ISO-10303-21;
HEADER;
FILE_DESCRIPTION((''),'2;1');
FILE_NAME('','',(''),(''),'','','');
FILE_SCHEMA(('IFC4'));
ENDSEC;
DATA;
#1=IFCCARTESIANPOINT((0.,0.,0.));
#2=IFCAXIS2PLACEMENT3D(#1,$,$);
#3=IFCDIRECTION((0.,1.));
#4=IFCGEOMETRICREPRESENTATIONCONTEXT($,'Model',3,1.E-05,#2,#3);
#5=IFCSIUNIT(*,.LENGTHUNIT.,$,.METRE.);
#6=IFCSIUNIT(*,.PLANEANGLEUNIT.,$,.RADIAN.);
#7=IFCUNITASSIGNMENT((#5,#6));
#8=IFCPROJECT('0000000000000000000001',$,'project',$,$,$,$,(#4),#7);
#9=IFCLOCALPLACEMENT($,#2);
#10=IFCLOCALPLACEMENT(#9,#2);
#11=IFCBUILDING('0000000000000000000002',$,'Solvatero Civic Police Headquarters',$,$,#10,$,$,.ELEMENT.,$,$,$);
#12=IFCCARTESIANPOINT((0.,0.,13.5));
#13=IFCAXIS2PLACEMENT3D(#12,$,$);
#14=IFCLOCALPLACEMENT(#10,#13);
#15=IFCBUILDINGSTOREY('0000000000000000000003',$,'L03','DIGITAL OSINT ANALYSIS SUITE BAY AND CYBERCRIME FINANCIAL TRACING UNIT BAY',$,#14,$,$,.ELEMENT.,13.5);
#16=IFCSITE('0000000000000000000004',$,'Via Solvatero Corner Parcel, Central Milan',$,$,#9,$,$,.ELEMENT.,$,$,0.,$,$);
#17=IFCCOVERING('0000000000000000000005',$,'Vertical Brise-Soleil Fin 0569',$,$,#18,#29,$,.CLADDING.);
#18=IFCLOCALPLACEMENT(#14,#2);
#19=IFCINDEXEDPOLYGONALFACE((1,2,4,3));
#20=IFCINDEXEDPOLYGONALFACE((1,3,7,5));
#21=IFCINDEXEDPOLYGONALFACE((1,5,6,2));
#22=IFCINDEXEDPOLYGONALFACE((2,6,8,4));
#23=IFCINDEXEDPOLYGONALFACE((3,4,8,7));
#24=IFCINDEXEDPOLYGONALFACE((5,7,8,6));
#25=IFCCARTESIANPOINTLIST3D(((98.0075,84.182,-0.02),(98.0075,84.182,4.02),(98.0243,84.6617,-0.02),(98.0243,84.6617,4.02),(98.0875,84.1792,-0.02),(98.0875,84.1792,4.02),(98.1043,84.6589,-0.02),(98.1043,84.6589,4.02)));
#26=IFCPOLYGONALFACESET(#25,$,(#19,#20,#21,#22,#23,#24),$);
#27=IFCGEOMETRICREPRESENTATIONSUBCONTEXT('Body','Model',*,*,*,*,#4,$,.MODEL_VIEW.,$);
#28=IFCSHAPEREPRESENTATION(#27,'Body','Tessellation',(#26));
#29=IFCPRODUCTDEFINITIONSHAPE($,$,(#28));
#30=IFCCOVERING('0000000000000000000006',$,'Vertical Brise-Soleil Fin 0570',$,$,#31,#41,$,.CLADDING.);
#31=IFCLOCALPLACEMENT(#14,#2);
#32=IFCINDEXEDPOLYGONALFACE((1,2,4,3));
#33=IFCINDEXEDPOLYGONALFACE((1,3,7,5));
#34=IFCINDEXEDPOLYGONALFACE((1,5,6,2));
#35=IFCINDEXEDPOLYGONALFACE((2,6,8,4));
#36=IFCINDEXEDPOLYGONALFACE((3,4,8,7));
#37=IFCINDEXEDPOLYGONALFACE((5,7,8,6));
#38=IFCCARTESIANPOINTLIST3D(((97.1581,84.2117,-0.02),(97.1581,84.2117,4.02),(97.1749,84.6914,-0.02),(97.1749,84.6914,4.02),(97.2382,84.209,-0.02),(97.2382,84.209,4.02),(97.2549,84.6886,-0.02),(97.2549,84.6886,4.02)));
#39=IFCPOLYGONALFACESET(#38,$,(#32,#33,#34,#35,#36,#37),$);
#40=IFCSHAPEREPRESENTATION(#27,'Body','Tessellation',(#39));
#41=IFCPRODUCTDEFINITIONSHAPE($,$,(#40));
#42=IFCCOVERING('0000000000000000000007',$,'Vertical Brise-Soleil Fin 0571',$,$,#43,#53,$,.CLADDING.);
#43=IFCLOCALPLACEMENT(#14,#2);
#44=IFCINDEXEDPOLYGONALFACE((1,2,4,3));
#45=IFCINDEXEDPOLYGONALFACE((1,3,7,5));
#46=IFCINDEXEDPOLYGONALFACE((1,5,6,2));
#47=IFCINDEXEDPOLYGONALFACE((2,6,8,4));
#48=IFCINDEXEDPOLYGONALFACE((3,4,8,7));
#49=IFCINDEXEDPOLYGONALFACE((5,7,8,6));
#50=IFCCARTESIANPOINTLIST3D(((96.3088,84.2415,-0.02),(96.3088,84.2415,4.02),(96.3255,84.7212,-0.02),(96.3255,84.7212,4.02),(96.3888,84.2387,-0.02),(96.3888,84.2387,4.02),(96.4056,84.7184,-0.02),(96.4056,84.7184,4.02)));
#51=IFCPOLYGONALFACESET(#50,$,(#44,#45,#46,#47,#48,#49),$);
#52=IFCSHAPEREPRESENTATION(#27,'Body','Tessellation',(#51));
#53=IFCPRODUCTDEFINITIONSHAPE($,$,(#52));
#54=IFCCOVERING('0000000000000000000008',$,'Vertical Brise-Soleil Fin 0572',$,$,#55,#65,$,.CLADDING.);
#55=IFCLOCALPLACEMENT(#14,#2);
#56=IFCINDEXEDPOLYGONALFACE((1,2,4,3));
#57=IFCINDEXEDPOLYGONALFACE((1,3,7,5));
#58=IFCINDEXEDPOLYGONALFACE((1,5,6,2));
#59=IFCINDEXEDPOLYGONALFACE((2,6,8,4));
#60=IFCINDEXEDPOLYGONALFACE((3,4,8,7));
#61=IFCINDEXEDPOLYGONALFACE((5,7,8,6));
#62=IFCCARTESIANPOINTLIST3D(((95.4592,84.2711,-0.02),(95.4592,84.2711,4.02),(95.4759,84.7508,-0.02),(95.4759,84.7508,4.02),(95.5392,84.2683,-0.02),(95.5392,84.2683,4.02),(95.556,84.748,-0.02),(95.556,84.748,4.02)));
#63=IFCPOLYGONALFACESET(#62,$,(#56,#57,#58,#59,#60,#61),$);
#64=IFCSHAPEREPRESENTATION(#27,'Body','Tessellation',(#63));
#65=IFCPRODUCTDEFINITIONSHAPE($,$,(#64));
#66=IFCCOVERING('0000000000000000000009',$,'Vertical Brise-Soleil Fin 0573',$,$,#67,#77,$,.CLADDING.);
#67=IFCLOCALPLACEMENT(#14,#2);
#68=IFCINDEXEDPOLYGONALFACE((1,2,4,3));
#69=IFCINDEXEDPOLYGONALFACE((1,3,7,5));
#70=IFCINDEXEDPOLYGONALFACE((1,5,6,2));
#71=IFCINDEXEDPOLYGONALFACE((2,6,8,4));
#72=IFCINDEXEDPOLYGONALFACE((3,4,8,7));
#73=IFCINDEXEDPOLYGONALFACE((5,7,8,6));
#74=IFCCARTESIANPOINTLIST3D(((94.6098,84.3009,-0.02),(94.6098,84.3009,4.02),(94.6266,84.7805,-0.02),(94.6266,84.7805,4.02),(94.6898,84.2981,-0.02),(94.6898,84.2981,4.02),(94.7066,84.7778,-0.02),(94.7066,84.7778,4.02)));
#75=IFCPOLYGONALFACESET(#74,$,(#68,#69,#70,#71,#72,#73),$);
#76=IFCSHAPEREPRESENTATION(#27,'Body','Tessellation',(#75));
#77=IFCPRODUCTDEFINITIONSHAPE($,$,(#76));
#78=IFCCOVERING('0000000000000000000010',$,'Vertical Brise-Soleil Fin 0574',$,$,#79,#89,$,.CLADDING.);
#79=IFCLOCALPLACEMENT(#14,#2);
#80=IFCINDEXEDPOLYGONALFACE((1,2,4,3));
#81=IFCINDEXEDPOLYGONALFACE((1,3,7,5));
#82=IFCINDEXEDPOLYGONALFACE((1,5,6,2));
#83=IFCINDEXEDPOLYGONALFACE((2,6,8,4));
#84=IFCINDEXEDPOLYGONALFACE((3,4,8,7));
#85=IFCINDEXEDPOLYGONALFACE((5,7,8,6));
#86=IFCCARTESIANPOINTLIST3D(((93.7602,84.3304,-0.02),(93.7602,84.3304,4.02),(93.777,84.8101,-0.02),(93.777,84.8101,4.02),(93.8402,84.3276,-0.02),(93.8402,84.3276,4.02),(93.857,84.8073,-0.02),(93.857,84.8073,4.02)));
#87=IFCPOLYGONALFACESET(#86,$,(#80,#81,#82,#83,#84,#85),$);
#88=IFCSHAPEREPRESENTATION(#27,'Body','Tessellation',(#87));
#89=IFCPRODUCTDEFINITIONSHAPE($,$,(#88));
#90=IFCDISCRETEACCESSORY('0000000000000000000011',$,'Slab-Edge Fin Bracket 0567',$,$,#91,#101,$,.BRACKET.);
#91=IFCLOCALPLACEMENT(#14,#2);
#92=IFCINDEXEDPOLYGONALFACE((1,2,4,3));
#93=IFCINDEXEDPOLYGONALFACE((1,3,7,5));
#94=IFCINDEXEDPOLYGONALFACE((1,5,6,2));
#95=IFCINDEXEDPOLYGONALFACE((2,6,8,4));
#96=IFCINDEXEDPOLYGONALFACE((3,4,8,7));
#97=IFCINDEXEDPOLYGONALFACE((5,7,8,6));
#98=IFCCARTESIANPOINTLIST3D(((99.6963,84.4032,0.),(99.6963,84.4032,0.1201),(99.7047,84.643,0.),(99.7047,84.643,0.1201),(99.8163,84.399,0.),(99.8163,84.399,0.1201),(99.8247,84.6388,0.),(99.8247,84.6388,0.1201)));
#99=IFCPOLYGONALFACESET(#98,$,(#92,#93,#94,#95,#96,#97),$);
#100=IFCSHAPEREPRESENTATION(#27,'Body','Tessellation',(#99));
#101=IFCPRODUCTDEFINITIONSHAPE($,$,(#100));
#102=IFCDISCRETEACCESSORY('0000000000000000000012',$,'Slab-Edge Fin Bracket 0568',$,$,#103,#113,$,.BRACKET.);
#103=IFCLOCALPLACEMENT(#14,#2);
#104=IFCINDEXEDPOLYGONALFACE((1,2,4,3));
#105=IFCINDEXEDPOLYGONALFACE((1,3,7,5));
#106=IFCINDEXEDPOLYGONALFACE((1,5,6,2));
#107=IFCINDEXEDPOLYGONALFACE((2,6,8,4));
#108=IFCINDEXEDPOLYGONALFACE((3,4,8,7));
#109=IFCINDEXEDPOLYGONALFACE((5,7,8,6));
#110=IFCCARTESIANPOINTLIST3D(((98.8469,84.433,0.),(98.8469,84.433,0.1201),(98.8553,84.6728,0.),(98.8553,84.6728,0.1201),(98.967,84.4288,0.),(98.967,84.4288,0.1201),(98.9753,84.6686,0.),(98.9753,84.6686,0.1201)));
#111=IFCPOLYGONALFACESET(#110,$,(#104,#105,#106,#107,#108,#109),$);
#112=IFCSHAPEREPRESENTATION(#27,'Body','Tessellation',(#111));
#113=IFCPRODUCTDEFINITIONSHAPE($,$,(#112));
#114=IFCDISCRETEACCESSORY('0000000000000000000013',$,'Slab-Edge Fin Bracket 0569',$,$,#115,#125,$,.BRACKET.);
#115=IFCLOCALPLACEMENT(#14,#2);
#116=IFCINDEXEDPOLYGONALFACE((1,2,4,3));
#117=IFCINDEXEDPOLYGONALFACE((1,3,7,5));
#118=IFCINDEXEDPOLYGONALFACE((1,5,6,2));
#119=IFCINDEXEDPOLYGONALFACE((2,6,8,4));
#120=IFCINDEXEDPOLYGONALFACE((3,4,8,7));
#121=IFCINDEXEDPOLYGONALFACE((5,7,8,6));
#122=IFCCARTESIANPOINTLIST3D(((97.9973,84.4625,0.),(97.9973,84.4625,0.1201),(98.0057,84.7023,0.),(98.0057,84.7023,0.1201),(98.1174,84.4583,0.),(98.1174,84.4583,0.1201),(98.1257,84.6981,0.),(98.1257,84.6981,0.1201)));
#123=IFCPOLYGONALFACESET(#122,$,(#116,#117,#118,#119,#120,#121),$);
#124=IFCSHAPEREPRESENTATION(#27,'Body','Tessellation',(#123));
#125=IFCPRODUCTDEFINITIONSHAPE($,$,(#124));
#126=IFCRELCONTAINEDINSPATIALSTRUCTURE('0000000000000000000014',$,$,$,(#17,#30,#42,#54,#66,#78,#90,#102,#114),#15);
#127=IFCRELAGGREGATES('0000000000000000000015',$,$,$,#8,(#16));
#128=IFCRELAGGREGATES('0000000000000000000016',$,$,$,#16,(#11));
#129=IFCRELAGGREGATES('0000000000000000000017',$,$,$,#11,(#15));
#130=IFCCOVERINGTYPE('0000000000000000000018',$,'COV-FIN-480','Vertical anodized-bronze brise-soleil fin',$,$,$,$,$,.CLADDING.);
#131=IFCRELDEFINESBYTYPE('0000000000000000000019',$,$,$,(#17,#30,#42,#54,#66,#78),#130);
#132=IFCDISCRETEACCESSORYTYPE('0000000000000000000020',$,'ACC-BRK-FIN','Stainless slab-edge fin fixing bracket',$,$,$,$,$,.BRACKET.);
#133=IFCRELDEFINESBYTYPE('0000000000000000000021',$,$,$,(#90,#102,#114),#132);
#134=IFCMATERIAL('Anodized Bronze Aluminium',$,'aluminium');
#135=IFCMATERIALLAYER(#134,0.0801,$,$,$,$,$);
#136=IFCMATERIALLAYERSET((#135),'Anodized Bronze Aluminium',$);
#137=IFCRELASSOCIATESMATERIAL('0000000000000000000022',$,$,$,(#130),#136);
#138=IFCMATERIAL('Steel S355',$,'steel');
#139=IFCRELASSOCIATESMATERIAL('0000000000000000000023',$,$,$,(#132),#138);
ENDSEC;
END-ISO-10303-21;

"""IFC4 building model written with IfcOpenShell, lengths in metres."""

from ifc_helpers import new_model, si_unit, direction, frame, origin, origin_2d, place, context, subcontext, project, spatial, rectangle, extrude, material, layer, layer_set, type_object, element, save


model = new_model("IFC4")

# Units and contexts
model_context = context("Model", 3, precision=1e-05, world=origin(), true_north=direction((0.0, 1.0)))
body_context = subcontext(model_context, "Body", "Model", "MODEL_VIEW")
ifc_project = project(units=[si_unit("LENGTHUNIT", "METRE"), si_unit("PLANEANGLEUNIT", "RADIAN")], contexts=[model_context])

# Site, building, storey
site_placement = place(None, origin())
site = spatial("IfcSite", under=ifc_project, at=site_placement, Name="Via Solvatero Corner Parcel, Central Milan", CompositionType="ELEMENT", RefElevation=0.0)
building_placement = place(site_placement, origin())
building = spatial("IfcBuilding", under=site, at=building_placement, Name="Solvatero Civic Police Headquarters", CompositionType="ELEMENT")
storey_placement = place(building_placement, frame((0.0, 0.0, 13.5)))
storey = spatial("IfcBuildingStorey", under=building, at=storey_placement, Name="L03", Description="DIGITAL OSINT ANALYSIS SUITE BAY AND CYBERCRIME FINANCIAL TRACING UNIT BAY", CompositionType="ELEMENT", Elevation=13.5)

# Shared definitions
ifc_material_1 = material(Name="Steel S355", Category="steel")

# Shared definitions
ifc_material_2 = material(Name="Anodized Bronze Aluminium", Category="aluminium")

# Coverings
ifc_layer_1 = layer(ifc_material_2, 0.0801)
ifc_layer_set_1 = layer_set([ifc_layer_1], Name="Anodized Bronze Aluminium")
covering_type = type_object("IfcCoveringType", Name="COV-FIN-480", Description="Vertical anodized-bronze brise-soleil fin", PredefinedType="CLADDING", material=ifc_layer_set_1)
for number, where, z_axis, x_axis, name in (
    (1, (98.0559, 84.4204, -0.02), (0.0, 0.0, 1.0), (-0.99939, 0.034917, 0.0), "Vertical Brise-Soleil Fin 0569"),
    (2, (97.2065, 84.4502, -0.02), (0.0, 0.0, 1.0), (-0.99939, 0.034917, 0.0), "Vertical Brise-Soleil Fin 0570"),
    (3, (96.3572, 84.48, -0.02), (0.0, 0.0, 1.0), (-0.99939, 0.034917, 0.0), "Vertical Brise-Soleil Fin 0571"),
    (4, (95.5076, 84.5095, -0.02), (0.0, 0.0, 1.0), (-0.99939, 0.034917, 0.0), "Vertical Brise-Soleil Fin 0572"),
    (5, (94.6582, 84.5393, -0.02), (0.0, 0.0, 1.0), (-0.99939, 0.034917, 0.0), "Vertical Brise-Soleil Fin 0573"),
    (6, (93.8086, 84.5688, -0.02), (0.0, 0.0, 1.0), (-0.99939, 0.034917, 0.0), "Vertical Brise-Soleil Fin 0574"),
):
    element("IfcCovering", number, at=place(storey_placement, frame(where, z_axis=z_axis, x_axis=x_axis)), inside=storey, type_object=covering_type, Name=name, PredefinedType="CLADDING", context=body_context, shape_type="SweptSolid", body=[
        extrude(rectangle(XDim=0.0801, YDim=0.48, at=origin_2d()), origin(), (0.0, 0.0, 1.0), 4.04),
    ])

# Discrete accessories
discrete_accessory_type = type_object("IfcDiscreteAccessoryType", Name="ACC-BRK-FIN", Description="Stainless slab-edge fin fixing bracket", PredefinedType="BRACKET", material=ifc_material_1)
for number, where, z_axis, x_axis, name in (
    (7, (99.7605, 84.521, 0.0), (0.0, 0.0, 1.0), (-0.99939, 0.034917, 0.0), "Slab-Edge Fin Bracket 0567"),
    (8, (98.9111, 84.5508, 0.0), (0.0, 0.0, 1.0), (-0.99939, 0.034917, 0.0), "Slab-Edge Fin Bracket 0568"),
    (9, (98.0615, 84.5803, 0.0), (0.0, 0.0, 1.0), (-0.99939, 0.034917, 0.0), "Slab-Edge Fin Bracket 0569"),
):
    element("IfcDiscreteAccessory", number, at=place(storey_placement, frame(where, z_axis=z_axis, x_axis=x_axis)), inside=storey, type_object=discrete_accessory_type, Name=name, PredefinedType="BRACKET", context=body_context, shape_type="SweptSolid", body=[
        extrude(rectangle(XDim=0.1201, YDim=0.24, at=origin_2d()), origin(), (0.0, 0.0, 1.0), 0.1201),
    ])

save(model, "model.ifc")
